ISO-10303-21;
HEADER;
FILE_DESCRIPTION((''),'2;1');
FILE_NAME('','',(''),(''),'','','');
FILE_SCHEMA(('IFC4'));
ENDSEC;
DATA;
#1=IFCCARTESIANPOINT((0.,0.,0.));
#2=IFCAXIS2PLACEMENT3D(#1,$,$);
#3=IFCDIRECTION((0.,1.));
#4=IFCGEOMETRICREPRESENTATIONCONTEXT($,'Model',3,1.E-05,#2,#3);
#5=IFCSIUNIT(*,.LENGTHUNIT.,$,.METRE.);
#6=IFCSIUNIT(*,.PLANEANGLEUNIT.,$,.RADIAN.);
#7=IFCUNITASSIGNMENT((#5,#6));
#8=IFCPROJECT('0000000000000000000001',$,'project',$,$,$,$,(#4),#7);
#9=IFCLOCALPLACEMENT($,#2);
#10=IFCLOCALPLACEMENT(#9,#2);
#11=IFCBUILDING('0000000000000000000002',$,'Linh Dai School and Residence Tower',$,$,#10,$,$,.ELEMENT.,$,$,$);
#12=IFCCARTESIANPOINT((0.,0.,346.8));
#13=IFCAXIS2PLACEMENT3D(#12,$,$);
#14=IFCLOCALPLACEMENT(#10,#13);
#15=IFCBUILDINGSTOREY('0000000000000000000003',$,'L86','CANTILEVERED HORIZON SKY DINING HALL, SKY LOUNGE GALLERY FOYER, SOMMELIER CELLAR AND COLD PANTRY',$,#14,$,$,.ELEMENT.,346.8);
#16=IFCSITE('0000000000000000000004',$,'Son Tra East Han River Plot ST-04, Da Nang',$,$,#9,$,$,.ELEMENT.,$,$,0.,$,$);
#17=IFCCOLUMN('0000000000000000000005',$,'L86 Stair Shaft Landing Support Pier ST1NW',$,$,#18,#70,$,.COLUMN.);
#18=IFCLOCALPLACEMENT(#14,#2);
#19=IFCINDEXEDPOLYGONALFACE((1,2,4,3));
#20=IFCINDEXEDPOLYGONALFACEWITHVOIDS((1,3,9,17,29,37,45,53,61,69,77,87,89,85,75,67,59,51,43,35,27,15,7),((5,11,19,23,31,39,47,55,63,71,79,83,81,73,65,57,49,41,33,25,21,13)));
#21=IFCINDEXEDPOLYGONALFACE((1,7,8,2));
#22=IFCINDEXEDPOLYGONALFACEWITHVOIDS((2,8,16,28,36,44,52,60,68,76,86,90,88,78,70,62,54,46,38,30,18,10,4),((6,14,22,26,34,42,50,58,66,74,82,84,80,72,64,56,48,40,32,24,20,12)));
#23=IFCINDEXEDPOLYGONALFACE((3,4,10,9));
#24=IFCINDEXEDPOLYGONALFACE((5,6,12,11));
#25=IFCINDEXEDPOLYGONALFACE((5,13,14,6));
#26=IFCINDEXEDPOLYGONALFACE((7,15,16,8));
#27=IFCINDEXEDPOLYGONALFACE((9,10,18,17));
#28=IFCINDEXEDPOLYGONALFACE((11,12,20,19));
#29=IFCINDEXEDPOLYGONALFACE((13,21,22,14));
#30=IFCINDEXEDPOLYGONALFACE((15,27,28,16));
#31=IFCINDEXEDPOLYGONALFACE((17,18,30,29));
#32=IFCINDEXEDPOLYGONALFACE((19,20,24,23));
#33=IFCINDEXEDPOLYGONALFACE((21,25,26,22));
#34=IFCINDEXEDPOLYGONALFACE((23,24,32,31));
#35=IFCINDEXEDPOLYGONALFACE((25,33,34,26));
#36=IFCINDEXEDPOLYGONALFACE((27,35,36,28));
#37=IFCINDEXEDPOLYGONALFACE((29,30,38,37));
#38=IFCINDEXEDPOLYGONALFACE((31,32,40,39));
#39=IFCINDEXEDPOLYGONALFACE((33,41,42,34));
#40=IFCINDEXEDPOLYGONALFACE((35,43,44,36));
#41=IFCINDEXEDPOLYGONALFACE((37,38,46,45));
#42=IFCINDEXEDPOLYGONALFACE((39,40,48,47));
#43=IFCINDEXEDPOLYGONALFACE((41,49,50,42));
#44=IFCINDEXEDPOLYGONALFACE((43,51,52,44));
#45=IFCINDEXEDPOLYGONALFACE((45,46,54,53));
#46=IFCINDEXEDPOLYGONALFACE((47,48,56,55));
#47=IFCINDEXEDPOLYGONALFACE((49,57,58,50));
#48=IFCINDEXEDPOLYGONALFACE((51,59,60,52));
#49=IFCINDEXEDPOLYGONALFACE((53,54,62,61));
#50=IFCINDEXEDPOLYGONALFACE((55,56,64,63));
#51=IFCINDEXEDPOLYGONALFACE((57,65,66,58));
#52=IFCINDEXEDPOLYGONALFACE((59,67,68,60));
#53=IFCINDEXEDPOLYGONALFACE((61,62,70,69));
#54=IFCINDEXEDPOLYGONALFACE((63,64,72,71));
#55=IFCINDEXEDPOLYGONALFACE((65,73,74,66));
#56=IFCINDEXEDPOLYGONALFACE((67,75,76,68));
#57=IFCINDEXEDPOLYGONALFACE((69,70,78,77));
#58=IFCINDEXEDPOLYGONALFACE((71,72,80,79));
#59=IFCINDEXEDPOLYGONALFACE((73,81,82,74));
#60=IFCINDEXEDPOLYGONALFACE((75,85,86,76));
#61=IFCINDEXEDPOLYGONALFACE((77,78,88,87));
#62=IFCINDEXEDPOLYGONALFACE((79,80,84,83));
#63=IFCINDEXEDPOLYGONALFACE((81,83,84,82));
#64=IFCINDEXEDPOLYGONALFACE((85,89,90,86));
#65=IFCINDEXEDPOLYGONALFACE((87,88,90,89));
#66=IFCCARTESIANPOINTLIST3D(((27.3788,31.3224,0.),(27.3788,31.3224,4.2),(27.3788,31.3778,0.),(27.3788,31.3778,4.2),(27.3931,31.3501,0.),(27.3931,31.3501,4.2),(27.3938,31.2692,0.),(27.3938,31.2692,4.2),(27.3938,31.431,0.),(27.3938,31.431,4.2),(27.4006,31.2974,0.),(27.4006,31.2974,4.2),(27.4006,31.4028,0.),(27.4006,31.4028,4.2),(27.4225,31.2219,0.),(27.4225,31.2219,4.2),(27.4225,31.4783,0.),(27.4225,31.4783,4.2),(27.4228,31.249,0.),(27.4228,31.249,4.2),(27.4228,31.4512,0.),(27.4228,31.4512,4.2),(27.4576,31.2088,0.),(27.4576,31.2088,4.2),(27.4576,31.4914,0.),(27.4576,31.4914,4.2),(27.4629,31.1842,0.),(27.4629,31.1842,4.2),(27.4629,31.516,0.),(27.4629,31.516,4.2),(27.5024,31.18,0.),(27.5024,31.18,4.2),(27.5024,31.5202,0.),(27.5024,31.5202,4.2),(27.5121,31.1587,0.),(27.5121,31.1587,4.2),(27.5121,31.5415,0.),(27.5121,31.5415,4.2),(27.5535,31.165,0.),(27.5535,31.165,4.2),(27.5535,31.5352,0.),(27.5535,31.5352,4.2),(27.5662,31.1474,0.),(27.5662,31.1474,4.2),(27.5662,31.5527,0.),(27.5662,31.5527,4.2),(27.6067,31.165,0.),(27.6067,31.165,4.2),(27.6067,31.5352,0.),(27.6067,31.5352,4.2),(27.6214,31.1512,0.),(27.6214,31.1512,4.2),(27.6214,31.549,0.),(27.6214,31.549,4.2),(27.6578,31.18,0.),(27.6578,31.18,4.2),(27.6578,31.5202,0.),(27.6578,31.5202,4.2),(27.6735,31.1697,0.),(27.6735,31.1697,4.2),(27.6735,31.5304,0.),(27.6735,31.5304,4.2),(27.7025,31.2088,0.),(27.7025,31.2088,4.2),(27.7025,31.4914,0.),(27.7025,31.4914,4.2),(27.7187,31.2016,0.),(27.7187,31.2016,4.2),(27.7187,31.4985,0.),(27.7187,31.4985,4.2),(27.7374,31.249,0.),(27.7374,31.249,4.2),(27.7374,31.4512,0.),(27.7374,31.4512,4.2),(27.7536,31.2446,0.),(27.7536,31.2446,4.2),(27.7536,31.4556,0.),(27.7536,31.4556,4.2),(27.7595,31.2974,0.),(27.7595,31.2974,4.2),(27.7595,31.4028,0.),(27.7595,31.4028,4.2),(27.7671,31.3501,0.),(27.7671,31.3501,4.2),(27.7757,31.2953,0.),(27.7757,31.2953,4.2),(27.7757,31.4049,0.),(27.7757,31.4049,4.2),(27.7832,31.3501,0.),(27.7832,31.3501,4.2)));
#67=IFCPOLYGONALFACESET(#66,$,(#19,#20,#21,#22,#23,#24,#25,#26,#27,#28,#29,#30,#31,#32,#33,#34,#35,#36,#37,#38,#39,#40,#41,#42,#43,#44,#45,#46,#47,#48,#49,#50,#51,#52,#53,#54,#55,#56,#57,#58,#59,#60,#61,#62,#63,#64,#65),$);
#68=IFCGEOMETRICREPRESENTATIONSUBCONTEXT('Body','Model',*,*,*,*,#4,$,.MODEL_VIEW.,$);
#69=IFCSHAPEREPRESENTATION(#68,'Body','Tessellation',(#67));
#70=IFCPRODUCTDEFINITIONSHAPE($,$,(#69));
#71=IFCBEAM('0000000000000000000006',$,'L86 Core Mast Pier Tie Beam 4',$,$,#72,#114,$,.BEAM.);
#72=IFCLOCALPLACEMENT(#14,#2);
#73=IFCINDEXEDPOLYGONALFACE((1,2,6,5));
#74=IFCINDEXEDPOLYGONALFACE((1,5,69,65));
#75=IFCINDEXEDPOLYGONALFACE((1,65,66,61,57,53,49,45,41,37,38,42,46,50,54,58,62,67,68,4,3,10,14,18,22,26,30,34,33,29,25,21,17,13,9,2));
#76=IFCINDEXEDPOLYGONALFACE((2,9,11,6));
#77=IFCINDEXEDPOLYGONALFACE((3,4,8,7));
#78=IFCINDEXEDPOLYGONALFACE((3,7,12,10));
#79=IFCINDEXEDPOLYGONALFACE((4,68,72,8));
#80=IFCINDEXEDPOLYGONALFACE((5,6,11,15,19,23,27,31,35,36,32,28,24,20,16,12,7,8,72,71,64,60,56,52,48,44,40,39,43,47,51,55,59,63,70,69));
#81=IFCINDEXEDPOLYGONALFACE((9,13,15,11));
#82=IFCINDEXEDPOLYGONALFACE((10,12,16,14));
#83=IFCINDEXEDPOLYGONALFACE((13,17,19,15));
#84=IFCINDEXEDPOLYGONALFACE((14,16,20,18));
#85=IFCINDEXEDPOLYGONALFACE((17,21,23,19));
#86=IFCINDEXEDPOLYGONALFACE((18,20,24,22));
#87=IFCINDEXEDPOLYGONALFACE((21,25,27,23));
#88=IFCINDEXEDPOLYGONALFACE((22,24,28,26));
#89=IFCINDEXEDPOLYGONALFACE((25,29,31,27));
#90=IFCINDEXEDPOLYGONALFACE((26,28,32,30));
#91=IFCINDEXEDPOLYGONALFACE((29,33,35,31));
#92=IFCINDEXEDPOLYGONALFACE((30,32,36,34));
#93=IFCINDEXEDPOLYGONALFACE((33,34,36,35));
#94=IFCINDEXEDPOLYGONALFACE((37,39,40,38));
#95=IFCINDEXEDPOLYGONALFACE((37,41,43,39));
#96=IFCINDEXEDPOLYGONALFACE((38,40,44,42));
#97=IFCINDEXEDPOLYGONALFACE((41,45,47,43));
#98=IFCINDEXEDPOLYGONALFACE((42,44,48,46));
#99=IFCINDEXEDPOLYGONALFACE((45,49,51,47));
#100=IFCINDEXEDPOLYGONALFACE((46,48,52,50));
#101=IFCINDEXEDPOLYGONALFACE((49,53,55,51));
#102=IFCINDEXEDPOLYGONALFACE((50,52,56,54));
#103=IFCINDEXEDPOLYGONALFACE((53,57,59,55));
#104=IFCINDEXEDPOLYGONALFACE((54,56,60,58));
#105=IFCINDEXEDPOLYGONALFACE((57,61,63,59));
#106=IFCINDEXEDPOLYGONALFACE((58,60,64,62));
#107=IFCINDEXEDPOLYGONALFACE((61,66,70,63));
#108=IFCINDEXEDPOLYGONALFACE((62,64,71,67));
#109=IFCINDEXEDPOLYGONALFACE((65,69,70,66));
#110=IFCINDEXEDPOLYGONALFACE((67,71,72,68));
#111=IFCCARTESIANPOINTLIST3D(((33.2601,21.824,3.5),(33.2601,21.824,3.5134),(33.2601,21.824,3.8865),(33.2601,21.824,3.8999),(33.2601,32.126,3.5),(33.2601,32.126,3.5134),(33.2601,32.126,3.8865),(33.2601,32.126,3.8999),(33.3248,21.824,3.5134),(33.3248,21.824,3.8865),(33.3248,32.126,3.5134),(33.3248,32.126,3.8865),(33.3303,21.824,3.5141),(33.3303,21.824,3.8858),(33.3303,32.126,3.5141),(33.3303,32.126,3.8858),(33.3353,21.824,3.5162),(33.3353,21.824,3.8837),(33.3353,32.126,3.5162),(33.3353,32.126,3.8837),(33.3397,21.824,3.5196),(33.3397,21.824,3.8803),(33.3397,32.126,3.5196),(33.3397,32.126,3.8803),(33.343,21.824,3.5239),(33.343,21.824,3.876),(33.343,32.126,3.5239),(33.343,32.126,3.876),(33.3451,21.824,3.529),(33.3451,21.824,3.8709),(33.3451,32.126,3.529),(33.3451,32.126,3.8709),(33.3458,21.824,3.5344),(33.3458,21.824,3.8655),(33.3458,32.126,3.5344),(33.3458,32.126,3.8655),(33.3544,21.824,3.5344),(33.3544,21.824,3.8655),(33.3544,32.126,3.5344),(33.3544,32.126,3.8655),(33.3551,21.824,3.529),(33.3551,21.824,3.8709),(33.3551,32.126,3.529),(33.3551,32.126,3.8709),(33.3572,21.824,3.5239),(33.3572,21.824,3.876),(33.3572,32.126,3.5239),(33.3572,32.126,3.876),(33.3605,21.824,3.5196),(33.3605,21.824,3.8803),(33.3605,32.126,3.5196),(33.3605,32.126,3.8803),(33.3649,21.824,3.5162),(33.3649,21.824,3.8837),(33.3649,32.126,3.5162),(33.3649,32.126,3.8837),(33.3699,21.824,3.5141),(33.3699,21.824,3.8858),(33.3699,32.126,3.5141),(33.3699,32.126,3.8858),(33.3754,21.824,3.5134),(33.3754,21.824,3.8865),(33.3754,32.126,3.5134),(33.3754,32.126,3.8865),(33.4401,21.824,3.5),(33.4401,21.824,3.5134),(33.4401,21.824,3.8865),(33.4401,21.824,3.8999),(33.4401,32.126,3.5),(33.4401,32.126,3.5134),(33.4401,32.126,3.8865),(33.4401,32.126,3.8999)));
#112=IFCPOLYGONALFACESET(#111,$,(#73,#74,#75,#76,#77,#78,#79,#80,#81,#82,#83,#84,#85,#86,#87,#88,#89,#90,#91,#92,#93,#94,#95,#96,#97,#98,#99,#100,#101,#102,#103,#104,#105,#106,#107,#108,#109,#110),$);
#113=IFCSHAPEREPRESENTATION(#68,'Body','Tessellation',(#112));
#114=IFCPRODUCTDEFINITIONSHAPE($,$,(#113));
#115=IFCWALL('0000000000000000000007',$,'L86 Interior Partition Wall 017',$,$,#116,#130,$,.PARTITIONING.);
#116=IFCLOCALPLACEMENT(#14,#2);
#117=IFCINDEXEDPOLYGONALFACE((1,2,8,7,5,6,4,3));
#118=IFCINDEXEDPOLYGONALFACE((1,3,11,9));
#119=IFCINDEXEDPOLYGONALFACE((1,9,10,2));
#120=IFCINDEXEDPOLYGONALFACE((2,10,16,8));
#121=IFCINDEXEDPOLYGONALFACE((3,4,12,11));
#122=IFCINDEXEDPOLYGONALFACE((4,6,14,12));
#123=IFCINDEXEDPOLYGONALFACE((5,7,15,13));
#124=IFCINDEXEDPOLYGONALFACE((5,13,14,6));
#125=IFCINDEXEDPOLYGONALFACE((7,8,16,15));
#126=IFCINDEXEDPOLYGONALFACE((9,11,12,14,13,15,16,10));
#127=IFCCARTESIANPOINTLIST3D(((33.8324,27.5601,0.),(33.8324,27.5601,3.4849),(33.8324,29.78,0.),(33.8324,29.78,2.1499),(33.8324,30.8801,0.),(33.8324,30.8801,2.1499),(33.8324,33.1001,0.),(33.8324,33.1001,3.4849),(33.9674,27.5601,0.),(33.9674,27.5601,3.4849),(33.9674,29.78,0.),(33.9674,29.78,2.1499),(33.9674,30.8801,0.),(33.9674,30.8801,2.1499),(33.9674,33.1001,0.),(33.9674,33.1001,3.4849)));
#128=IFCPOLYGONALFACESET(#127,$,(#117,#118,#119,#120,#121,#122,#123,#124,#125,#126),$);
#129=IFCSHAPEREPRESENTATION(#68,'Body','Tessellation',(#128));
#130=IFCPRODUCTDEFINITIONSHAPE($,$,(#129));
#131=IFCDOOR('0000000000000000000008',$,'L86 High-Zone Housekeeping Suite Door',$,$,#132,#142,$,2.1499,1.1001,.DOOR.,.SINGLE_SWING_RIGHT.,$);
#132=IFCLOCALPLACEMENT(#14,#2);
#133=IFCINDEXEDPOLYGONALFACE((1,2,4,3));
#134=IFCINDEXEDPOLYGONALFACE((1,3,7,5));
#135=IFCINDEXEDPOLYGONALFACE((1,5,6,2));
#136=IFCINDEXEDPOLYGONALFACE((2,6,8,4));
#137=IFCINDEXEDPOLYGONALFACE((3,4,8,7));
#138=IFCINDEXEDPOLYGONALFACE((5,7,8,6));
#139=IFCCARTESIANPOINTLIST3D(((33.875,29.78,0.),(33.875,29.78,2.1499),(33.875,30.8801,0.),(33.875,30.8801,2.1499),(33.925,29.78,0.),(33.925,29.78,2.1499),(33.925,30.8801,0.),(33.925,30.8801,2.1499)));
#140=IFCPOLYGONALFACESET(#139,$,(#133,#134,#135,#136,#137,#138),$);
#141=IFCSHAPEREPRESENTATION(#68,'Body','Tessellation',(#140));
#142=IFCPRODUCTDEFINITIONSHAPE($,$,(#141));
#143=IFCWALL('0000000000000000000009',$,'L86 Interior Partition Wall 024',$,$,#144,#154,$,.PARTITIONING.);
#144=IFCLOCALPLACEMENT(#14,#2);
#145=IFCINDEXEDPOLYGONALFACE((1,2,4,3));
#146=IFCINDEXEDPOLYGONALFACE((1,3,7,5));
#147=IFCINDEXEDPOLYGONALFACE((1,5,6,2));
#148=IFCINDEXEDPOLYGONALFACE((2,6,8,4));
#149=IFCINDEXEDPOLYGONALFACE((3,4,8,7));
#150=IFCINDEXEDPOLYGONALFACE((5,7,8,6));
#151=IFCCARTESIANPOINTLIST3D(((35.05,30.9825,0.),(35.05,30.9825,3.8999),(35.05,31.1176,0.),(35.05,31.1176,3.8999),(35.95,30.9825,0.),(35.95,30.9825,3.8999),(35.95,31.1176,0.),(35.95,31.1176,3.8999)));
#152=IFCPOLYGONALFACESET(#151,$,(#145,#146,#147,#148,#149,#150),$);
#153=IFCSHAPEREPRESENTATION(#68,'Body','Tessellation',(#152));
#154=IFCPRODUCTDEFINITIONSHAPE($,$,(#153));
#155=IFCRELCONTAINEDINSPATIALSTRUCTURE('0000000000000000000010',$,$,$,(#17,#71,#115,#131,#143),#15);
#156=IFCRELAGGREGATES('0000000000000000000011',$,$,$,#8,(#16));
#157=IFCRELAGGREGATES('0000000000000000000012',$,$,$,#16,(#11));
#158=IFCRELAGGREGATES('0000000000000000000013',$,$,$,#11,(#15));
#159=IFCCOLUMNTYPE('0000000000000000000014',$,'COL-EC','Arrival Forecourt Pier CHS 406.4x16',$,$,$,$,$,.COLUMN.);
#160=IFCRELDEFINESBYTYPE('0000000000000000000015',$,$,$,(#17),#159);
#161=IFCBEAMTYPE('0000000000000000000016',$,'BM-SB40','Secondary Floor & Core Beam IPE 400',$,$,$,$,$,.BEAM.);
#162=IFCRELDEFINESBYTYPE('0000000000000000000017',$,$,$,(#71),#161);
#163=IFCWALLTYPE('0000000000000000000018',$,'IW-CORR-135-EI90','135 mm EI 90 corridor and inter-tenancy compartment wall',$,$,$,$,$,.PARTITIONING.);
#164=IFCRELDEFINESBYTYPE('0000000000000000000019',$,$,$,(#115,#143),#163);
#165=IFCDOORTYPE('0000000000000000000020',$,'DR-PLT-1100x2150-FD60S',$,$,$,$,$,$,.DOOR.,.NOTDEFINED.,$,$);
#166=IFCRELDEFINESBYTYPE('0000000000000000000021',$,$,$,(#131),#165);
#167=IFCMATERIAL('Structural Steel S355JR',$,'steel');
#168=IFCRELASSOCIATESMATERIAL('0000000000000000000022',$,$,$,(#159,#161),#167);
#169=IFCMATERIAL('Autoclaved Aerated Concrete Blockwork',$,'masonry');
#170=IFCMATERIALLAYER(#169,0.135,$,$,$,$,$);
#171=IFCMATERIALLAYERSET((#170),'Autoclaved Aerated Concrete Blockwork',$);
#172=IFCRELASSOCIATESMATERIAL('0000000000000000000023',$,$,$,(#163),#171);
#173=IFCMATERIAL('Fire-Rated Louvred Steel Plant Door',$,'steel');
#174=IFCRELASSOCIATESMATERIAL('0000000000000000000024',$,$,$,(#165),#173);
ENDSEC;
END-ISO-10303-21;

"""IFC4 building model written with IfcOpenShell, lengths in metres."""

from ifc_helpers import new_model, si_unit, direction, frame, frame_2d, origin, origin_2d, place, context, subcontext, project, spatial, rectangle, hollow_circle, i_section, extrude, source, transform, mapped, material, layer, layer_set, material_profile, profile_set, type_object, element, fill, save


model = new_model("IFC4")

# Units and contexts
model_context = context("Model", 3, precision=1e-05, world=origin(), true_north=direction((0.0, 1.0)))
body_context = subcontext(model_context, "Body", "Model", "MODEL_VIEW")
ifc_project = project(units=[si_unit("LENGTHUNIT", "METRE"), si_unit("PLANEANGLEUNIT", "RADIAN")], contexts=[model_context])

# Site, building, storey
site_placement = place(None, origin())
site = spatial("IfcSite", under=ifc_project, at=site_placement, Name="Son Tra East Han River Plot ST-04, Da Nang", CompositionType="ELEMENT", RefElevation=0.0)
building_placement = place(site_placement, origin())
building = spatial("IfcBuilding", under=site, at=building_placement, Name="Linh Dai School and Residence Tower", CompositionType="ELEMENT")
storey_placement = place(building_placement, frame((0.0, 0.0, 346.8)))
storey = spatial("IfcBuildingStorey", under=building, at=storey_placement, Name="L86", Description="CANTILEVERED HORIZON SKY DINING HALL, SKY LOUNGE GALLERY FOYER, SOMMELIER CELLAR AND COLD PANTRY", CompositionType="ELEMENT", Elevation=346.8)

# Column
ifc_material_1 = material(Name="Structural Steel S355JR", Category="steel")
ifc_material_profile_1 = material_profile(ifc_material_1, hollow_circle(Radius=0.2031, WallThickness=0.0161, at=origin_2d()), Name="CHS 406.4x16")
ifc_profile_set_1 = profile_set([ifc_material_profile_1], Name="Structural Steel S355JR")
column_type = type_object("IfcColumnType", Name="COL-EC", Description="Arrival Forecourt Pier CHS 406.4x16", PredefinedType="COLUMN", material=ifc_profile_set_1)
column_placement = place(storey_placement, frame((27.5801, 31.3501, 0.0), z_axis=(0.0, 0.0, 1.0), x_axis=(1.0, 0.0, 0.0)))
element("IfcColumn", 1, at=column_placement, inside=storey, type_object=column_type, Name="L86 Stair Shaft Landing Support Pier ST1NW", PredefinedType="COLUMN", context=body_context, shape_type="SweptSolid", body=[
    extrude(hollow_circle(Radius=0.2031, WallThickness=0.0161, at=origin_2d()), origin(), (0.0, 0.0, 1.0), 4.2),
])

# Beam
ifc_material_profile_2 = material_profile(ifc_material_1, i_section(OverallWidth=0.1799, OverallDepth=0.3999, WebThickness=0.0085, FlangeThickness=0.0134, FilletRadius=0.021, at=origin_2d()), Name="IPE 400")
ifc_profile_set_2 = profile_set([ifc_material_profile_2], Name="Structural Steel S355JR")
beam_type = type_object("IfcBeamType", Name="BM-SB40", Description="Secondary Floor & Core Beam IPE 400", PredefinedType="BEAM", material=ifc_profile_set_2)
beam_placement = place(storey_placement, frame((33.3501, 32.126, 3.7), z_axis=(0.0, -1.0, 0.0), x_axis=(1.0, 0.0, 0.0)))
element("IfcBeam", 2, at=beam_placement, inside=storey, type_object=beam_type, Name="L86 Core Mast Pier Tie Beam 4", PredefinedType="BEAM", context=body_context, shape_type="SweptSolid", body=[
    extrude(i_section(OverallWidth=0.1799, OverallDepth=0.3999, WebThickness=0.0085, FlangeThickness=0.0134, FilletRadius=0.021, at=origin_2d()), origin(), (0.0, 0.0, 1.0), 10.302),
])

# Wall, opening, door
ifc_material_2 = material(Name="Autoclaved Aerated Concrete Blockwork", Category="masonry")
ifc_layer_1 = layer(ifc_material_2, 0.135)
ifc_layer_set_1 = layer_set([ifc_layer_1], Name="Autoclaved Aerated Concrete Blockwork")
wall_type_1 = type_object("IfcWallType", Name="IW-CORR-135-EI90", Description="135 mm EI 90 corridor and inter-tenancy compartment wall", PredefinedType="PARTITIONING", material=ifc_layer_set_1)
wall_1_placement = place(storey_placement, frame((33.8999, 27.5601, 0.0), z_axis=(0.0, 0.0, 1.0), x_axis=(0.0, 1.0, 0.0)))
wall_1 = element("IfcWall", 3, at=wall_1_placement, inside=storey, type_object=wall_type_1, Name="L86 Interior Partition Wall 017", PredefinedType="PARTITIONING", context=body_context, shape_type="SweptSolid", body=[
    extrude(rectangle(XDim=5.54, YDim=0.135, at=frame_2d((2.77, 0.0))), origin(), (0.0, 0.0, 1.0), 3.4849),
])
opening_1_placement = place(wall_1_placement, frame((2.22, 0.0, 0.0)))
opening_1 = element("IfcOpeningElement", 4, at=opening_1_placement, cuts=wall_1, PredefinedType="OPENING", context=body_context, shape_type="SweptSolid", body=[
    extrude(rectangle(XDim=1.1001, YDim=2.1499, at=origin_2d()), frame((0.55, 0.0776, 1.075), z_axis=(0.0, -1.0, 0.0), x_axis=(1.0, 0.0, 0.0)), (0.0, 0.0, 1.0), 0.155),
])
ifc_material_3 = material(Name="Fire-Rated Louvred Steel Plant Door", Category="steel")
door_type_1 = type_object("IfcDoorType", Name="DR-PLT-1100x2150-FD60S", OperationType="NOTDEFINED", PredefinedType="DOOR", material=ifc_material_3)
shared_shape_1 = source(origin(), body_context, "Body", "SweptSolid", [
    extrude(rectangle(XDim=1.1001, YDim=2.1499, at=origin_2d()), frame((0.55, 0.0249, 1.075), z_axis=(0.0, -1.0, 0.0), x_axis=(1.0, 0.0, 0.0)), (0.0, 0.0, 1.0), 0.05),
])
door_1_placement = place(opening_1_placement, origin())
door_1 = element("IfcDoor", 5, at=door_1_placement, inside=storey, type_object=door_type_1, Name="L86 High-Zone Housekeeping Suite Door", OperationType="SINGLE_SWING_RIGHT", OverallHeight=2.1499, OverallWidth=1.1001, PredefinedType="DOOR", context=body_context, shape_type="MappedRepresentation", body=[
    mapped(shared_shape_1, transform((0.0, 0.0, 0.0), x_axis=(1.0, 0.0, 0.0), y_axis=(0.0, 1.0, 0.0), z_axis=(0.0, 0.0, 1.0), scale=1.0)),
])
fill(opening_1, door_1)

# Wall
wall_2_placement = place(storey_placement, frame((35.05, 31.05, 0.0), z_axis=(0.0, 0.0, 1.0), x_axis=(1.0, 0.0, 0.0)))
element("IfcWall", 6, at=wall_2_placement, inside=storey, type_object=wall_type_1, Name="L86 Interior Partition Wall 024", PredefinedType="PARTITIONING", context=body_context, shape_type="SweptSolid", body=[
    extrude(rectangle(XDim=0.8999, YDim=0.135, at=frame_2d((0.45, 0.0))), origin(), (0.0, 0.0, 1.0), 3.8999),
])

save(model, "model.ifc")
